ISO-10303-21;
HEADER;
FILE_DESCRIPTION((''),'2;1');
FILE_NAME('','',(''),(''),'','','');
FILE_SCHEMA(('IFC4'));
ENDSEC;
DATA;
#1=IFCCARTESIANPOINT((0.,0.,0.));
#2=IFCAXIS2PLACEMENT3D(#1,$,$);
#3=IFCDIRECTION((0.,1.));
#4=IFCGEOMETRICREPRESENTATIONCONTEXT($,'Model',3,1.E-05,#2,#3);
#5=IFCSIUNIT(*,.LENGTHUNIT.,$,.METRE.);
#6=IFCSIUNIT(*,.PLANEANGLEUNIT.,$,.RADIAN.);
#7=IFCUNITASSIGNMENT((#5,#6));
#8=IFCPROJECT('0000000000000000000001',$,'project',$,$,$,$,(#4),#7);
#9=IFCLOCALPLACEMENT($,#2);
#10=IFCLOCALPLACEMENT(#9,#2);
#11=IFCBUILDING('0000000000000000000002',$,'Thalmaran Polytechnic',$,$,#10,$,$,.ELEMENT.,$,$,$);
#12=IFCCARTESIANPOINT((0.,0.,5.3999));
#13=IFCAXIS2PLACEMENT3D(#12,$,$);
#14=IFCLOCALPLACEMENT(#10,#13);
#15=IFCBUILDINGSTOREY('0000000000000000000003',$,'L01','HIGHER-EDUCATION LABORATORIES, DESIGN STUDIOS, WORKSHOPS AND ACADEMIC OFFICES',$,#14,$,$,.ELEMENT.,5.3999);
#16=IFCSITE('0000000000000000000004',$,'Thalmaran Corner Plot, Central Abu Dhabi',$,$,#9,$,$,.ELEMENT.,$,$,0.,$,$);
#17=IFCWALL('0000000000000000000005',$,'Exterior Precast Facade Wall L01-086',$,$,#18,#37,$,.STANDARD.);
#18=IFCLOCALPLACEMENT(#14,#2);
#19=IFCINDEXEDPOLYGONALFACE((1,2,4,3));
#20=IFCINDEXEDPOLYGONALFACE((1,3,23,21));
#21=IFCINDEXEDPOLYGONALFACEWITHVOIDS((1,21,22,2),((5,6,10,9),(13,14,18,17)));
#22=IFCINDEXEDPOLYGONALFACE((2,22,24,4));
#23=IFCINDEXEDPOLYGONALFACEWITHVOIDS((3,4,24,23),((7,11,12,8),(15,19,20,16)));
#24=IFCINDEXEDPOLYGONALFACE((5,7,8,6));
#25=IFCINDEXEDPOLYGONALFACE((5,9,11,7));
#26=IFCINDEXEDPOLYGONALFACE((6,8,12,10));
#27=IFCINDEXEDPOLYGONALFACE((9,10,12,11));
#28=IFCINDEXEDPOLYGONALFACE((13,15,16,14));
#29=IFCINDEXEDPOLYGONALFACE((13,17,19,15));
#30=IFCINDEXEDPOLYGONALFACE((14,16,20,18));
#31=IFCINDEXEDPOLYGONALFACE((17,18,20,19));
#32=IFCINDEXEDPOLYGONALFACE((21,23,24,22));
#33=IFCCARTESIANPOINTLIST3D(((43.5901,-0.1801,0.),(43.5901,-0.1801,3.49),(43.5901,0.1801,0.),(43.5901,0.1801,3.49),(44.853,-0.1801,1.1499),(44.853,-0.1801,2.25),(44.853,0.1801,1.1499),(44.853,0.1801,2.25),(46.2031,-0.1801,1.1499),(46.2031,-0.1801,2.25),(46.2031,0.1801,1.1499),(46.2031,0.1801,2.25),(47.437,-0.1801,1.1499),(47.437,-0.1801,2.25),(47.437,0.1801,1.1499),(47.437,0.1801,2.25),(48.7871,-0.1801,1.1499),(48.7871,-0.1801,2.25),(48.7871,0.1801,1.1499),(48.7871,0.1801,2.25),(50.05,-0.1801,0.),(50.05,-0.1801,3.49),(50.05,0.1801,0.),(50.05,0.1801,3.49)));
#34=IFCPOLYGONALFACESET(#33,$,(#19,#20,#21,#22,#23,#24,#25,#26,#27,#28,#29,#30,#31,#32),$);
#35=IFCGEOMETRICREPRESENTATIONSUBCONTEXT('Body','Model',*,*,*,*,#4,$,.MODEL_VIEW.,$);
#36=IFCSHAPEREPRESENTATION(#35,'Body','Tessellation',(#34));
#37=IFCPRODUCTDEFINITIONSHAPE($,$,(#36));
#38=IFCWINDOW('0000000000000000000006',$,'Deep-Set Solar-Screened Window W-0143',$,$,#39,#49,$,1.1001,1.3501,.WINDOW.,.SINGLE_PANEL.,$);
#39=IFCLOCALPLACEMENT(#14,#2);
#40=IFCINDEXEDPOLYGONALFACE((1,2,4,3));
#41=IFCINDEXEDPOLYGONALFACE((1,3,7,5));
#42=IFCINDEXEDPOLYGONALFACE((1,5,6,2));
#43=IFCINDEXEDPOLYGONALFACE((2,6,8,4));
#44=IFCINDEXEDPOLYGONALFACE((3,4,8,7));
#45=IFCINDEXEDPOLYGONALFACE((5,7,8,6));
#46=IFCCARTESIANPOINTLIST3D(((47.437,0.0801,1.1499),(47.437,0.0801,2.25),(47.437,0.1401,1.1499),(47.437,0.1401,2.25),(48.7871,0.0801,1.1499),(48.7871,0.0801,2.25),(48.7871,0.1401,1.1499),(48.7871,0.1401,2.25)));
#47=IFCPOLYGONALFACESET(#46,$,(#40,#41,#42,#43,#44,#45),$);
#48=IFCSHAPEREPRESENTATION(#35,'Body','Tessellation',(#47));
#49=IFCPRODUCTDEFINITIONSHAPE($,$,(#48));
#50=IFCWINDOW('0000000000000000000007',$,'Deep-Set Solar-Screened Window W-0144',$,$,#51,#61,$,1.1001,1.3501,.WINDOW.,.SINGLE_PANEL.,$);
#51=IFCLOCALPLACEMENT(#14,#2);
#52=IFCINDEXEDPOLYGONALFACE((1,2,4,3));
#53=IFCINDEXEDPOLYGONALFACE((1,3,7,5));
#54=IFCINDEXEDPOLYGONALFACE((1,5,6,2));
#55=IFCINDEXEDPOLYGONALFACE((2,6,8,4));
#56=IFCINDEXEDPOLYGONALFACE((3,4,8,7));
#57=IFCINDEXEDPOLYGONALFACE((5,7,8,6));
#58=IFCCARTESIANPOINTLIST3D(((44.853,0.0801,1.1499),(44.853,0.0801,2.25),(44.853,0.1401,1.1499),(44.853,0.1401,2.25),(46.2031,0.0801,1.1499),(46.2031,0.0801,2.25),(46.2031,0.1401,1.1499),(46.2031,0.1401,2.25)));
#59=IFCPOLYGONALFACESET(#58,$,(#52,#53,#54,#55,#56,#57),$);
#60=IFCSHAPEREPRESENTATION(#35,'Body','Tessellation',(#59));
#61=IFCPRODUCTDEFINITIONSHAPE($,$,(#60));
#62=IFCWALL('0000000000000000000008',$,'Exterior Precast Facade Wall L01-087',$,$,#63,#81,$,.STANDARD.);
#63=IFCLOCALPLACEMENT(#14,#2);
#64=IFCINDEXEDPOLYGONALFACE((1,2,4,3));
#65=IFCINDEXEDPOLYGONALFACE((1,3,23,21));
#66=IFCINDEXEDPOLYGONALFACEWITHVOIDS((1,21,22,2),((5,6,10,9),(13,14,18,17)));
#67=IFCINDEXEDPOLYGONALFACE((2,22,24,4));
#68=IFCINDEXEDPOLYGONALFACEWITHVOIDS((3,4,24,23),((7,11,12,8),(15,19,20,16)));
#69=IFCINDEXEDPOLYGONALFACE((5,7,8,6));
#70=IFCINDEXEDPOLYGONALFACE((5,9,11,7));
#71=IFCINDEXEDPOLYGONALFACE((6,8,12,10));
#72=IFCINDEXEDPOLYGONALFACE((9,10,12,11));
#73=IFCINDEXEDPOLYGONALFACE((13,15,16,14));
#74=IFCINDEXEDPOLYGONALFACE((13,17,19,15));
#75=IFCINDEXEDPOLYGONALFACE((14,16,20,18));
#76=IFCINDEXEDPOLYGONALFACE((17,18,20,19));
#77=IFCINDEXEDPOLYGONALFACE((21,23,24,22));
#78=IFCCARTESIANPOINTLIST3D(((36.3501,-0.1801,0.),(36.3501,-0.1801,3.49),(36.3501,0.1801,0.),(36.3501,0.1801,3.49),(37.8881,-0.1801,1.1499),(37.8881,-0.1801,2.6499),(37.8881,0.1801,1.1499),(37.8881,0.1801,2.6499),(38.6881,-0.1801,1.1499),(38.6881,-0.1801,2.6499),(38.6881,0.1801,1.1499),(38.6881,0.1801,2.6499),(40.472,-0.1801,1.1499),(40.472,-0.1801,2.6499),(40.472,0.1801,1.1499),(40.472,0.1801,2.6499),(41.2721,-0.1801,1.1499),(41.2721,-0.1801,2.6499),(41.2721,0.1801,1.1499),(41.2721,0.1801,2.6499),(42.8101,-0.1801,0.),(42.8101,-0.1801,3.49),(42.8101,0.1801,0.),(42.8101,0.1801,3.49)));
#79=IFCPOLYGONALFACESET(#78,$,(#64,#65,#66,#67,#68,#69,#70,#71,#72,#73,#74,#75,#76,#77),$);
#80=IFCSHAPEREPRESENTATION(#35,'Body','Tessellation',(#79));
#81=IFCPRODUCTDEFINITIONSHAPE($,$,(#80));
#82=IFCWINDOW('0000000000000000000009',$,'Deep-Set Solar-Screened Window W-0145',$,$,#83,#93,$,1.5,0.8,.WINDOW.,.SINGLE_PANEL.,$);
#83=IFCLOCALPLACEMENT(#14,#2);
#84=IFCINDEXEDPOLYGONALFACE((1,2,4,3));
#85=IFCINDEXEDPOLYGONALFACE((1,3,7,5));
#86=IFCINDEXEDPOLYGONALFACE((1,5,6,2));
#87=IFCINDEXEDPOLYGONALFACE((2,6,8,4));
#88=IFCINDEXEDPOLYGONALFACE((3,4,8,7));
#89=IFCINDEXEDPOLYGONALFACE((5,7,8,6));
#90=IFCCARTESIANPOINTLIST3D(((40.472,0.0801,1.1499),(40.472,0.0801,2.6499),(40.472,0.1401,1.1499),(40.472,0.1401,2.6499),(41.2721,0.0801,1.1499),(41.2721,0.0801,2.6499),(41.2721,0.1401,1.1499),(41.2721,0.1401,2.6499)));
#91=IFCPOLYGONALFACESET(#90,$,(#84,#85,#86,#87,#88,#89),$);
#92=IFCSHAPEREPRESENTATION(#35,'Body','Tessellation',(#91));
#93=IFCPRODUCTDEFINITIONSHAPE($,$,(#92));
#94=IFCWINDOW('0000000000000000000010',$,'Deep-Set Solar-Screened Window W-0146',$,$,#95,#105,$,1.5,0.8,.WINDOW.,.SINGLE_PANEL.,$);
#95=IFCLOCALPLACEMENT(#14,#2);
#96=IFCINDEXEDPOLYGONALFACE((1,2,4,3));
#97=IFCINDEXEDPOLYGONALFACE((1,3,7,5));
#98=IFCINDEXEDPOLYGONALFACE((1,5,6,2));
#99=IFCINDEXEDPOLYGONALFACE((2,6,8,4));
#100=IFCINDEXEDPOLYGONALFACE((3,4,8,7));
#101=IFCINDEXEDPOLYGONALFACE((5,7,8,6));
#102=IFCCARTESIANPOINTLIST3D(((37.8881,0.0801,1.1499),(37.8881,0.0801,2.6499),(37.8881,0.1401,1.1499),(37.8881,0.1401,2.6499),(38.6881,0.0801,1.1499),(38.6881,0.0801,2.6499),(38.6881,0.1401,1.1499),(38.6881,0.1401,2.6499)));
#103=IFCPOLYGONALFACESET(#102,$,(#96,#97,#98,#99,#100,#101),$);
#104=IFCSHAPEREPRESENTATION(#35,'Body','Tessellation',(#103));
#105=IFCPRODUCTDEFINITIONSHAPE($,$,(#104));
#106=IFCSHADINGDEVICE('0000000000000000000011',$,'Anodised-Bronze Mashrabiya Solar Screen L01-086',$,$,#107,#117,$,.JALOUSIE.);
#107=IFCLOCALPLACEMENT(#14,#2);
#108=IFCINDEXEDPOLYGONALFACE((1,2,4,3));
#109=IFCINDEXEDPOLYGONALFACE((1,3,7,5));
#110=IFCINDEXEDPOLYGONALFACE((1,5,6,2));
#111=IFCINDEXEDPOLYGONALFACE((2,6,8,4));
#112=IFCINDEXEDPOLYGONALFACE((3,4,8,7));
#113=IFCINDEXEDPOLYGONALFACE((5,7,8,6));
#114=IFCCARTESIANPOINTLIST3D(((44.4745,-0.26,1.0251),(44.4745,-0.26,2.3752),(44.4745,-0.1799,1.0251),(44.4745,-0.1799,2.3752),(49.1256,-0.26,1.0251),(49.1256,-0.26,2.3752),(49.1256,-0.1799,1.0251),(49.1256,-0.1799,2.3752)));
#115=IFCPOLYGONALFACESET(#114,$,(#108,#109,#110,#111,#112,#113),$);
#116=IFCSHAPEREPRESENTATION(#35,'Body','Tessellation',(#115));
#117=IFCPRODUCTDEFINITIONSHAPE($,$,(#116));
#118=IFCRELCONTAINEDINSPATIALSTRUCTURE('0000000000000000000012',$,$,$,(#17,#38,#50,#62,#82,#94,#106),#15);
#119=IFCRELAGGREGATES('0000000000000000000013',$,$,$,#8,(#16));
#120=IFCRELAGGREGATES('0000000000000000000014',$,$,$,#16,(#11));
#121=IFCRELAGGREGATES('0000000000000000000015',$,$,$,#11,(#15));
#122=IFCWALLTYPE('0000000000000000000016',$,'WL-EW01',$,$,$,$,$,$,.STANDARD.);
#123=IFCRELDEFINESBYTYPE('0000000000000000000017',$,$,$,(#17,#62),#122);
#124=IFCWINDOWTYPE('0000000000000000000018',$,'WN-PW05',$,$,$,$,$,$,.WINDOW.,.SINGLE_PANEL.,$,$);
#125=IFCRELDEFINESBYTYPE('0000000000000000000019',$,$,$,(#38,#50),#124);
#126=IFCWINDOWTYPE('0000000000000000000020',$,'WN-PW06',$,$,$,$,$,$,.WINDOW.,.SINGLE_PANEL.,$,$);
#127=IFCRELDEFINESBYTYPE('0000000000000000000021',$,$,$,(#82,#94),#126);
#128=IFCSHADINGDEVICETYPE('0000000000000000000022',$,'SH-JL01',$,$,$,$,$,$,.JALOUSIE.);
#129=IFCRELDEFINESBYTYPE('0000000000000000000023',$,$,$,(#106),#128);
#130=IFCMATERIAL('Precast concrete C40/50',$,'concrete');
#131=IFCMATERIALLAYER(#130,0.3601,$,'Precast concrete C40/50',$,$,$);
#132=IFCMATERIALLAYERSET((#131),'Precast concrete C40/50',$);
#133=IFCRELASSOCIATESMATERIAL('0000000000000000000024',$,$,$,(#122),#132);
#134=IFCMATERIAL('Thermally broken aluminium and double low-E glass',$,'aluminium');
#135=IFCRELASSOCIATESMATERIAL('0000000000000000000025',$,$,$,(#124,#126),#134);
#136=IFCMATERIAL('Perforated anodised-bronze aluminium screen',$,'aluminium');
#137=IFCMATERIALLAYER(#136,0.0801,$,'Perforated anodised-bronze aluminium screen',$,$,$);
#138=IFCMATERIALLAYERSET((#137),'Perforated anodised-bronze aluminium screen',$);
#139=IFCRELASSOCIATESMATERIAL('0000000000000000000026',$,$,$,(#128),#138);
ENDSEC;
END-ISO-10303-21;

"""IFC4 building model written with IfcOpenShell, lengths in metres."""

from ifc_helpers import new_model, si_unit, direction, frame, frame_2d, origin, origin_2d, place, context, subcontext, project, spatial, rectangle, extrude, material, layer, layer_set, type_object, element, fill, save


model = new_model("IFC4")

# Units and contexts
model_context = context("Model", 3, precision=1e-05, world=origin(), true_north=direction((0.0, 1.0)))
body_context = subcontext(model_context, "Body", "Model", "MODEL_VIEW")
ifc_project = project(units=[si_unit("LENGTHUNIT", "METRE"), si_unit("PLANEANGLEUNIT", "RADIAN")], contexts=[model_context])

# Site, building, storey
site_placement = place(None, origin())
site = spatial("IfcSite", under=ifc_project, at=site_placement, Name="Thalmaran Corner Plot, Central Abu Dhabi", CompositionType="ELEMENT", RefElevation=0.0)
building_placement = place(site_placement, origin())
building = spatial("IfcBuilding", under=site, at=building_placement, Name="Thalmaran Polytechnic", CompositionType="ELEMENT")
storey_placement = place(building_placement, frame((0.0, 0.0, 5.3999)))
storey = spatial("IfcBuildingStorey", under=building, at=storey_placement, Name="L01", Description="HIGHER-EDUCATION LABORATORIES, DESIGN STUDIOS, WORKSHOPS AND ACADEMIC OFFICES", CompositionType="ELEMENT", Elevation=5.3999)

# Walls, openings, windows
ifc_material_1 = material(Name="Precast concrete C40/50", Category="concrete")
ifc_layer_1 = layer(ifc_material_1, 0.3601, Name="Precast concrete C40/50")
ifc_layer_set_1 = layer_set([ifc_layer_1], Name="Precast concrete C40/50")
wall_type = type_object("IfcWallType", Name="WL-EW01", PredefinedType="STANDARD", material=ifc_layer_set_1)
wall_1_placement = place(storey_placement, frame((50.05, 0.0, 0.0), z_axis=(0.0, 0.0, 1.0), x_axis=(-1.0, 0.0, 0.0)))
wall_1 = element("IfcWall", 1, at=wall_1_placement, inside=storey, type_object=wall_type, Name="Exterior Precast Facade Wall L01-086", PredefinedType="STANDARD", context=body_context, shape_type="SweptSolid", body=[
    extrude(rectangle(XDim=6.46, YDim=0.3601, at=frame_2d((3.23, 0.0))), origin(), (0.0, 0.0, 1.0), 3.49),
])
opening_1_placement = place(wall_1_placement, frame((1.2629, 0.0, 1.1499)))
opening_1 = element("IfcOpeningElement", 2, at=opening_1_placement, cuts=wall_1, PredefinedType="OPENING", context=body_context, shape_type="SweptSolid", body=[
    extrude(rectangle(XDim=1.3501, YDim=1.1001, at=frame_2d((0.675, 0.55))), frame((0.0, 0.1899, 0.0), z_axis=(0.0, -1.0, 0.0), x_axis=(1.0, 0.0, 0.0)), (0.0, 0.0, 1.0), 0.3801),
])
opening_2_placement = place(wall_1_placement, frame((3.8469, 0.0, 1.1499)))
opening_2 = element("IfcOpeningElement", 3, at=opening_2_placement, cuts=wall_1, PredefinedType="OPENING", context=body_context, shape_type="SweptSolid", body=[
    extrude(rectangle(XDim=1.3501, YDim=1.1001, at=frame_2d((0.675, 0.55))), frame((0.0, 0.1899, 0.0), z_axis=(0.0, -1.0, 0.0), x_axis=(1.0, 0.0, 0.0)), (0.0, 0.0, 1.0), 0.3801),
])
ifc_material_2 = material(Name="Thermally broken aluminium and double low-E glass", Category="aluminium")
window_type_1 = type_object("IfcWindowType", Name="WN-PW05", PartitioningType="SINGLE_PANEL", PredefinedType="WINDOW", material=ifc_material_2)
window_1_placement = place(opening_1_placement, origin())
window_1 = element("IfcWindow", 4, at=window_1_placement, inside=storey, type_object=window_type_1, Name="Deep-Set Solar-Screened Window W-0143", OverallHeight=1.1001, OverallWidth=1.3501, PartitioningType="SINGLE_PANEL", PredefinedType="WINDOW", context=body_context, shape_type="SweptSolid", body=[
    extrude(rectangle(XDim=1.3501, YDim=1.1001, at=frame_2d((0.675, 0.55))), frame((0.0, -0.0801, 0.0), z_axis=(0.0, -1.0, 0.0), x_axis=(1.0, 0.0, 0.0)), (0.0, 0.0, 1.0), 0.0601),
])
fill(opening_1, window_1)
window_2_placement = place(opening_2_placement, origin())
window_2 = element("IfcWindow", 5, at=window_2_placement, inside=storey, type_object=window_type_1, Name="Deep-Set Solar-Screened Window W-0144", OverallHeight=1.1001, OverallWidth=1.3501, PartitioningType="SINGLE_PANEL", PredefinedType="WINDOW", context=body_context, shape_type="SweptSolid", body=[
    extrude(rectangle(XDim=1.3501, YDim=1.1001, at=frame_2d((0.675, 0.55))), frame((0.0, -0.0801, 0.0), z_axis=(0.0, -1.0, 0.0), x_axis=(1.0, 0.0, 0.0)), (0.0, 0.0, 1.0), 0.0601),
])
fill(opening_2, window_2)
wall_2_placement = place(storey_placement, frame((42.8101, 0.0, 0.0), z_axis=(0.0, 0.0, 1.0), x_axis=(-1.0, 0.0, 0.0)))
wall_2 = element("IfcWall", 6, at=wall_2_placement, inside=storey, type_object=wall_type, Name="Exterior Precast Facade Wall L01-087", PredefinedType="STANDARD", context=body_context, shape_type="SweptSolid", body=[
    extrude(rectangle(XDim=6.46, YDim=0.3601, at=frame_2d((3.23, 0.0))), origin(), (0.0, 0.0, 1.0), 3.49),
])
opening_3_placement = place(wall_2_placement, frame((1.5381, 0.0, 1.1499)))
opening_3 = element("IfcOpeningElement", 7, at=opening_3_placement, cuts=wall_2, PredefinedType="OPENING", context=body_context, shape_type="SweptSolid", body=[
    extrude(rectangle(XDim=0.8, YDim=1.5, at=frame_2d((0.3999, 0.75))), frame((0.0, 0.1899, 0.0), z_axis=(0.0, -1.0, 0.0), x_axis=(1.0, 0.0, 0.0)), (0.0, 0.0, 1.0), 0.3801),
])
opening_4_placement = place(wall_2_placement, frame((4.1221, 0.0, 1.1499)))
opening_4 = element("IfcOpeningElement", 8, at=opening_4_placement, cuts=wall_2, PredefinedType="OPENING", context=body_context, shape_type="SweptSolid", body=[
    extrude(rectangle(XDim=0.8, YDim=1.5, at=frame_2d((0.3999, 0.75))), frame((0.0, 0.1899, 0.0), z_axis=(0.0, -1.0, 0.0), x_axis=(1.0, 0.0, 0.0)), (0.0, 0.0, 1.0), 0.3801),
])
window_type_2 = type_object("IfcWindowType", Name="WN-PW06", PartitioningType="SINGLE_PANEL", PredefinedType="WINDOW", material=ifc_material_2)
window_3_placement = place(opening_3_placement, origin())
window_3 = element("IfcWindow", 9, at=window_3_placement, inside=storey, type_object=window_type_2, Name="Deep-Set Solar-Screened Window W-0145", OverallHeight=1.5, OverallWidth=0.8, PartitioningType="SINGLE_PANEL", PredefinedType="WINDOW", context=body_context, shape_type="SweptSolid", body=[
    extrude(rectangle(XDim=0.8, YDim=1.5, at=frame_2d((0.3999, 0.75))), frame((0.0, -0.0801, 0.0), z_axis=(0.0, -1.0, 0.0), x_axis=(1.0, 0.0, 0.0)), (0.0, 0.0, 1.0), 0.0601),
])
fill(opening_3, window_3)
window_4_placement = place(opening_4_placement, origin())
window_4 = element("IfcWindow", 10, at=window_4_placement, inside=storey, type_object=window_type_2, Name="Deep-Set Solar-Screened Window W-0146", OverallHeight=1.5, OverallWidth=0.8, PartitioningType="SINGLE_PANEL", PredefinedType="WINDOW", context=body_context, shape_type="SweptSolid", body=[
    extrude(rectangle(XDim=0.8, YDim=1.5, at=frame_2d((0.3999, 0.75))), frame((0.0, -0.0801, 0.0), z_axis=(0.0, -1.0, 0.0), x_axis=(1.0, 0.0, 0.0)), (0.0, 0.0, 1.0), 0.0601),
])
fill(opening_4, window_4)

# Shading device
ifc_material_3 = material(Name="Perforated anodised-bronze aluminium screen", Category="aluminium")
ifc_layer_2 = layer(ifc_material_3, 0.0801, Name="Perforated anodised-bronze aluminium screen")
ifc_layer_set_2 = layer_set([ifc_layer_2], Name="Perforated anodised-bronze aluminium screen")
shading_device_type = type_object("IfcShadingDeviceType", Name="SH-JL01", PredefinedType="JALOUSIE", material=ifc_layer_set_2)
shading_device_placement = place(storey_placement, frame((46.8, -0.22, 1.0251), z_axis=(0.0, 0.0, 1.0), x_axis=(-1.0, 0.0, 0.0)))
element("IfcShadingDevice", 11, at=shading_device_placement, inside=storey, type_object=shading_device_type, Name="Anodised-Bronze Mashrabiya Solar Screen L01-086", PredefinedType="JALOUSIE", context=body_context, shape_type="SweptSolid", body=[
    extrude(rectangle(XDim=4.6511, YDim=0.0801, at=origin_2d()), origin(), (0.0, 0.0, 1.0), 1.3501),
])

save(model, "model.ifc")
